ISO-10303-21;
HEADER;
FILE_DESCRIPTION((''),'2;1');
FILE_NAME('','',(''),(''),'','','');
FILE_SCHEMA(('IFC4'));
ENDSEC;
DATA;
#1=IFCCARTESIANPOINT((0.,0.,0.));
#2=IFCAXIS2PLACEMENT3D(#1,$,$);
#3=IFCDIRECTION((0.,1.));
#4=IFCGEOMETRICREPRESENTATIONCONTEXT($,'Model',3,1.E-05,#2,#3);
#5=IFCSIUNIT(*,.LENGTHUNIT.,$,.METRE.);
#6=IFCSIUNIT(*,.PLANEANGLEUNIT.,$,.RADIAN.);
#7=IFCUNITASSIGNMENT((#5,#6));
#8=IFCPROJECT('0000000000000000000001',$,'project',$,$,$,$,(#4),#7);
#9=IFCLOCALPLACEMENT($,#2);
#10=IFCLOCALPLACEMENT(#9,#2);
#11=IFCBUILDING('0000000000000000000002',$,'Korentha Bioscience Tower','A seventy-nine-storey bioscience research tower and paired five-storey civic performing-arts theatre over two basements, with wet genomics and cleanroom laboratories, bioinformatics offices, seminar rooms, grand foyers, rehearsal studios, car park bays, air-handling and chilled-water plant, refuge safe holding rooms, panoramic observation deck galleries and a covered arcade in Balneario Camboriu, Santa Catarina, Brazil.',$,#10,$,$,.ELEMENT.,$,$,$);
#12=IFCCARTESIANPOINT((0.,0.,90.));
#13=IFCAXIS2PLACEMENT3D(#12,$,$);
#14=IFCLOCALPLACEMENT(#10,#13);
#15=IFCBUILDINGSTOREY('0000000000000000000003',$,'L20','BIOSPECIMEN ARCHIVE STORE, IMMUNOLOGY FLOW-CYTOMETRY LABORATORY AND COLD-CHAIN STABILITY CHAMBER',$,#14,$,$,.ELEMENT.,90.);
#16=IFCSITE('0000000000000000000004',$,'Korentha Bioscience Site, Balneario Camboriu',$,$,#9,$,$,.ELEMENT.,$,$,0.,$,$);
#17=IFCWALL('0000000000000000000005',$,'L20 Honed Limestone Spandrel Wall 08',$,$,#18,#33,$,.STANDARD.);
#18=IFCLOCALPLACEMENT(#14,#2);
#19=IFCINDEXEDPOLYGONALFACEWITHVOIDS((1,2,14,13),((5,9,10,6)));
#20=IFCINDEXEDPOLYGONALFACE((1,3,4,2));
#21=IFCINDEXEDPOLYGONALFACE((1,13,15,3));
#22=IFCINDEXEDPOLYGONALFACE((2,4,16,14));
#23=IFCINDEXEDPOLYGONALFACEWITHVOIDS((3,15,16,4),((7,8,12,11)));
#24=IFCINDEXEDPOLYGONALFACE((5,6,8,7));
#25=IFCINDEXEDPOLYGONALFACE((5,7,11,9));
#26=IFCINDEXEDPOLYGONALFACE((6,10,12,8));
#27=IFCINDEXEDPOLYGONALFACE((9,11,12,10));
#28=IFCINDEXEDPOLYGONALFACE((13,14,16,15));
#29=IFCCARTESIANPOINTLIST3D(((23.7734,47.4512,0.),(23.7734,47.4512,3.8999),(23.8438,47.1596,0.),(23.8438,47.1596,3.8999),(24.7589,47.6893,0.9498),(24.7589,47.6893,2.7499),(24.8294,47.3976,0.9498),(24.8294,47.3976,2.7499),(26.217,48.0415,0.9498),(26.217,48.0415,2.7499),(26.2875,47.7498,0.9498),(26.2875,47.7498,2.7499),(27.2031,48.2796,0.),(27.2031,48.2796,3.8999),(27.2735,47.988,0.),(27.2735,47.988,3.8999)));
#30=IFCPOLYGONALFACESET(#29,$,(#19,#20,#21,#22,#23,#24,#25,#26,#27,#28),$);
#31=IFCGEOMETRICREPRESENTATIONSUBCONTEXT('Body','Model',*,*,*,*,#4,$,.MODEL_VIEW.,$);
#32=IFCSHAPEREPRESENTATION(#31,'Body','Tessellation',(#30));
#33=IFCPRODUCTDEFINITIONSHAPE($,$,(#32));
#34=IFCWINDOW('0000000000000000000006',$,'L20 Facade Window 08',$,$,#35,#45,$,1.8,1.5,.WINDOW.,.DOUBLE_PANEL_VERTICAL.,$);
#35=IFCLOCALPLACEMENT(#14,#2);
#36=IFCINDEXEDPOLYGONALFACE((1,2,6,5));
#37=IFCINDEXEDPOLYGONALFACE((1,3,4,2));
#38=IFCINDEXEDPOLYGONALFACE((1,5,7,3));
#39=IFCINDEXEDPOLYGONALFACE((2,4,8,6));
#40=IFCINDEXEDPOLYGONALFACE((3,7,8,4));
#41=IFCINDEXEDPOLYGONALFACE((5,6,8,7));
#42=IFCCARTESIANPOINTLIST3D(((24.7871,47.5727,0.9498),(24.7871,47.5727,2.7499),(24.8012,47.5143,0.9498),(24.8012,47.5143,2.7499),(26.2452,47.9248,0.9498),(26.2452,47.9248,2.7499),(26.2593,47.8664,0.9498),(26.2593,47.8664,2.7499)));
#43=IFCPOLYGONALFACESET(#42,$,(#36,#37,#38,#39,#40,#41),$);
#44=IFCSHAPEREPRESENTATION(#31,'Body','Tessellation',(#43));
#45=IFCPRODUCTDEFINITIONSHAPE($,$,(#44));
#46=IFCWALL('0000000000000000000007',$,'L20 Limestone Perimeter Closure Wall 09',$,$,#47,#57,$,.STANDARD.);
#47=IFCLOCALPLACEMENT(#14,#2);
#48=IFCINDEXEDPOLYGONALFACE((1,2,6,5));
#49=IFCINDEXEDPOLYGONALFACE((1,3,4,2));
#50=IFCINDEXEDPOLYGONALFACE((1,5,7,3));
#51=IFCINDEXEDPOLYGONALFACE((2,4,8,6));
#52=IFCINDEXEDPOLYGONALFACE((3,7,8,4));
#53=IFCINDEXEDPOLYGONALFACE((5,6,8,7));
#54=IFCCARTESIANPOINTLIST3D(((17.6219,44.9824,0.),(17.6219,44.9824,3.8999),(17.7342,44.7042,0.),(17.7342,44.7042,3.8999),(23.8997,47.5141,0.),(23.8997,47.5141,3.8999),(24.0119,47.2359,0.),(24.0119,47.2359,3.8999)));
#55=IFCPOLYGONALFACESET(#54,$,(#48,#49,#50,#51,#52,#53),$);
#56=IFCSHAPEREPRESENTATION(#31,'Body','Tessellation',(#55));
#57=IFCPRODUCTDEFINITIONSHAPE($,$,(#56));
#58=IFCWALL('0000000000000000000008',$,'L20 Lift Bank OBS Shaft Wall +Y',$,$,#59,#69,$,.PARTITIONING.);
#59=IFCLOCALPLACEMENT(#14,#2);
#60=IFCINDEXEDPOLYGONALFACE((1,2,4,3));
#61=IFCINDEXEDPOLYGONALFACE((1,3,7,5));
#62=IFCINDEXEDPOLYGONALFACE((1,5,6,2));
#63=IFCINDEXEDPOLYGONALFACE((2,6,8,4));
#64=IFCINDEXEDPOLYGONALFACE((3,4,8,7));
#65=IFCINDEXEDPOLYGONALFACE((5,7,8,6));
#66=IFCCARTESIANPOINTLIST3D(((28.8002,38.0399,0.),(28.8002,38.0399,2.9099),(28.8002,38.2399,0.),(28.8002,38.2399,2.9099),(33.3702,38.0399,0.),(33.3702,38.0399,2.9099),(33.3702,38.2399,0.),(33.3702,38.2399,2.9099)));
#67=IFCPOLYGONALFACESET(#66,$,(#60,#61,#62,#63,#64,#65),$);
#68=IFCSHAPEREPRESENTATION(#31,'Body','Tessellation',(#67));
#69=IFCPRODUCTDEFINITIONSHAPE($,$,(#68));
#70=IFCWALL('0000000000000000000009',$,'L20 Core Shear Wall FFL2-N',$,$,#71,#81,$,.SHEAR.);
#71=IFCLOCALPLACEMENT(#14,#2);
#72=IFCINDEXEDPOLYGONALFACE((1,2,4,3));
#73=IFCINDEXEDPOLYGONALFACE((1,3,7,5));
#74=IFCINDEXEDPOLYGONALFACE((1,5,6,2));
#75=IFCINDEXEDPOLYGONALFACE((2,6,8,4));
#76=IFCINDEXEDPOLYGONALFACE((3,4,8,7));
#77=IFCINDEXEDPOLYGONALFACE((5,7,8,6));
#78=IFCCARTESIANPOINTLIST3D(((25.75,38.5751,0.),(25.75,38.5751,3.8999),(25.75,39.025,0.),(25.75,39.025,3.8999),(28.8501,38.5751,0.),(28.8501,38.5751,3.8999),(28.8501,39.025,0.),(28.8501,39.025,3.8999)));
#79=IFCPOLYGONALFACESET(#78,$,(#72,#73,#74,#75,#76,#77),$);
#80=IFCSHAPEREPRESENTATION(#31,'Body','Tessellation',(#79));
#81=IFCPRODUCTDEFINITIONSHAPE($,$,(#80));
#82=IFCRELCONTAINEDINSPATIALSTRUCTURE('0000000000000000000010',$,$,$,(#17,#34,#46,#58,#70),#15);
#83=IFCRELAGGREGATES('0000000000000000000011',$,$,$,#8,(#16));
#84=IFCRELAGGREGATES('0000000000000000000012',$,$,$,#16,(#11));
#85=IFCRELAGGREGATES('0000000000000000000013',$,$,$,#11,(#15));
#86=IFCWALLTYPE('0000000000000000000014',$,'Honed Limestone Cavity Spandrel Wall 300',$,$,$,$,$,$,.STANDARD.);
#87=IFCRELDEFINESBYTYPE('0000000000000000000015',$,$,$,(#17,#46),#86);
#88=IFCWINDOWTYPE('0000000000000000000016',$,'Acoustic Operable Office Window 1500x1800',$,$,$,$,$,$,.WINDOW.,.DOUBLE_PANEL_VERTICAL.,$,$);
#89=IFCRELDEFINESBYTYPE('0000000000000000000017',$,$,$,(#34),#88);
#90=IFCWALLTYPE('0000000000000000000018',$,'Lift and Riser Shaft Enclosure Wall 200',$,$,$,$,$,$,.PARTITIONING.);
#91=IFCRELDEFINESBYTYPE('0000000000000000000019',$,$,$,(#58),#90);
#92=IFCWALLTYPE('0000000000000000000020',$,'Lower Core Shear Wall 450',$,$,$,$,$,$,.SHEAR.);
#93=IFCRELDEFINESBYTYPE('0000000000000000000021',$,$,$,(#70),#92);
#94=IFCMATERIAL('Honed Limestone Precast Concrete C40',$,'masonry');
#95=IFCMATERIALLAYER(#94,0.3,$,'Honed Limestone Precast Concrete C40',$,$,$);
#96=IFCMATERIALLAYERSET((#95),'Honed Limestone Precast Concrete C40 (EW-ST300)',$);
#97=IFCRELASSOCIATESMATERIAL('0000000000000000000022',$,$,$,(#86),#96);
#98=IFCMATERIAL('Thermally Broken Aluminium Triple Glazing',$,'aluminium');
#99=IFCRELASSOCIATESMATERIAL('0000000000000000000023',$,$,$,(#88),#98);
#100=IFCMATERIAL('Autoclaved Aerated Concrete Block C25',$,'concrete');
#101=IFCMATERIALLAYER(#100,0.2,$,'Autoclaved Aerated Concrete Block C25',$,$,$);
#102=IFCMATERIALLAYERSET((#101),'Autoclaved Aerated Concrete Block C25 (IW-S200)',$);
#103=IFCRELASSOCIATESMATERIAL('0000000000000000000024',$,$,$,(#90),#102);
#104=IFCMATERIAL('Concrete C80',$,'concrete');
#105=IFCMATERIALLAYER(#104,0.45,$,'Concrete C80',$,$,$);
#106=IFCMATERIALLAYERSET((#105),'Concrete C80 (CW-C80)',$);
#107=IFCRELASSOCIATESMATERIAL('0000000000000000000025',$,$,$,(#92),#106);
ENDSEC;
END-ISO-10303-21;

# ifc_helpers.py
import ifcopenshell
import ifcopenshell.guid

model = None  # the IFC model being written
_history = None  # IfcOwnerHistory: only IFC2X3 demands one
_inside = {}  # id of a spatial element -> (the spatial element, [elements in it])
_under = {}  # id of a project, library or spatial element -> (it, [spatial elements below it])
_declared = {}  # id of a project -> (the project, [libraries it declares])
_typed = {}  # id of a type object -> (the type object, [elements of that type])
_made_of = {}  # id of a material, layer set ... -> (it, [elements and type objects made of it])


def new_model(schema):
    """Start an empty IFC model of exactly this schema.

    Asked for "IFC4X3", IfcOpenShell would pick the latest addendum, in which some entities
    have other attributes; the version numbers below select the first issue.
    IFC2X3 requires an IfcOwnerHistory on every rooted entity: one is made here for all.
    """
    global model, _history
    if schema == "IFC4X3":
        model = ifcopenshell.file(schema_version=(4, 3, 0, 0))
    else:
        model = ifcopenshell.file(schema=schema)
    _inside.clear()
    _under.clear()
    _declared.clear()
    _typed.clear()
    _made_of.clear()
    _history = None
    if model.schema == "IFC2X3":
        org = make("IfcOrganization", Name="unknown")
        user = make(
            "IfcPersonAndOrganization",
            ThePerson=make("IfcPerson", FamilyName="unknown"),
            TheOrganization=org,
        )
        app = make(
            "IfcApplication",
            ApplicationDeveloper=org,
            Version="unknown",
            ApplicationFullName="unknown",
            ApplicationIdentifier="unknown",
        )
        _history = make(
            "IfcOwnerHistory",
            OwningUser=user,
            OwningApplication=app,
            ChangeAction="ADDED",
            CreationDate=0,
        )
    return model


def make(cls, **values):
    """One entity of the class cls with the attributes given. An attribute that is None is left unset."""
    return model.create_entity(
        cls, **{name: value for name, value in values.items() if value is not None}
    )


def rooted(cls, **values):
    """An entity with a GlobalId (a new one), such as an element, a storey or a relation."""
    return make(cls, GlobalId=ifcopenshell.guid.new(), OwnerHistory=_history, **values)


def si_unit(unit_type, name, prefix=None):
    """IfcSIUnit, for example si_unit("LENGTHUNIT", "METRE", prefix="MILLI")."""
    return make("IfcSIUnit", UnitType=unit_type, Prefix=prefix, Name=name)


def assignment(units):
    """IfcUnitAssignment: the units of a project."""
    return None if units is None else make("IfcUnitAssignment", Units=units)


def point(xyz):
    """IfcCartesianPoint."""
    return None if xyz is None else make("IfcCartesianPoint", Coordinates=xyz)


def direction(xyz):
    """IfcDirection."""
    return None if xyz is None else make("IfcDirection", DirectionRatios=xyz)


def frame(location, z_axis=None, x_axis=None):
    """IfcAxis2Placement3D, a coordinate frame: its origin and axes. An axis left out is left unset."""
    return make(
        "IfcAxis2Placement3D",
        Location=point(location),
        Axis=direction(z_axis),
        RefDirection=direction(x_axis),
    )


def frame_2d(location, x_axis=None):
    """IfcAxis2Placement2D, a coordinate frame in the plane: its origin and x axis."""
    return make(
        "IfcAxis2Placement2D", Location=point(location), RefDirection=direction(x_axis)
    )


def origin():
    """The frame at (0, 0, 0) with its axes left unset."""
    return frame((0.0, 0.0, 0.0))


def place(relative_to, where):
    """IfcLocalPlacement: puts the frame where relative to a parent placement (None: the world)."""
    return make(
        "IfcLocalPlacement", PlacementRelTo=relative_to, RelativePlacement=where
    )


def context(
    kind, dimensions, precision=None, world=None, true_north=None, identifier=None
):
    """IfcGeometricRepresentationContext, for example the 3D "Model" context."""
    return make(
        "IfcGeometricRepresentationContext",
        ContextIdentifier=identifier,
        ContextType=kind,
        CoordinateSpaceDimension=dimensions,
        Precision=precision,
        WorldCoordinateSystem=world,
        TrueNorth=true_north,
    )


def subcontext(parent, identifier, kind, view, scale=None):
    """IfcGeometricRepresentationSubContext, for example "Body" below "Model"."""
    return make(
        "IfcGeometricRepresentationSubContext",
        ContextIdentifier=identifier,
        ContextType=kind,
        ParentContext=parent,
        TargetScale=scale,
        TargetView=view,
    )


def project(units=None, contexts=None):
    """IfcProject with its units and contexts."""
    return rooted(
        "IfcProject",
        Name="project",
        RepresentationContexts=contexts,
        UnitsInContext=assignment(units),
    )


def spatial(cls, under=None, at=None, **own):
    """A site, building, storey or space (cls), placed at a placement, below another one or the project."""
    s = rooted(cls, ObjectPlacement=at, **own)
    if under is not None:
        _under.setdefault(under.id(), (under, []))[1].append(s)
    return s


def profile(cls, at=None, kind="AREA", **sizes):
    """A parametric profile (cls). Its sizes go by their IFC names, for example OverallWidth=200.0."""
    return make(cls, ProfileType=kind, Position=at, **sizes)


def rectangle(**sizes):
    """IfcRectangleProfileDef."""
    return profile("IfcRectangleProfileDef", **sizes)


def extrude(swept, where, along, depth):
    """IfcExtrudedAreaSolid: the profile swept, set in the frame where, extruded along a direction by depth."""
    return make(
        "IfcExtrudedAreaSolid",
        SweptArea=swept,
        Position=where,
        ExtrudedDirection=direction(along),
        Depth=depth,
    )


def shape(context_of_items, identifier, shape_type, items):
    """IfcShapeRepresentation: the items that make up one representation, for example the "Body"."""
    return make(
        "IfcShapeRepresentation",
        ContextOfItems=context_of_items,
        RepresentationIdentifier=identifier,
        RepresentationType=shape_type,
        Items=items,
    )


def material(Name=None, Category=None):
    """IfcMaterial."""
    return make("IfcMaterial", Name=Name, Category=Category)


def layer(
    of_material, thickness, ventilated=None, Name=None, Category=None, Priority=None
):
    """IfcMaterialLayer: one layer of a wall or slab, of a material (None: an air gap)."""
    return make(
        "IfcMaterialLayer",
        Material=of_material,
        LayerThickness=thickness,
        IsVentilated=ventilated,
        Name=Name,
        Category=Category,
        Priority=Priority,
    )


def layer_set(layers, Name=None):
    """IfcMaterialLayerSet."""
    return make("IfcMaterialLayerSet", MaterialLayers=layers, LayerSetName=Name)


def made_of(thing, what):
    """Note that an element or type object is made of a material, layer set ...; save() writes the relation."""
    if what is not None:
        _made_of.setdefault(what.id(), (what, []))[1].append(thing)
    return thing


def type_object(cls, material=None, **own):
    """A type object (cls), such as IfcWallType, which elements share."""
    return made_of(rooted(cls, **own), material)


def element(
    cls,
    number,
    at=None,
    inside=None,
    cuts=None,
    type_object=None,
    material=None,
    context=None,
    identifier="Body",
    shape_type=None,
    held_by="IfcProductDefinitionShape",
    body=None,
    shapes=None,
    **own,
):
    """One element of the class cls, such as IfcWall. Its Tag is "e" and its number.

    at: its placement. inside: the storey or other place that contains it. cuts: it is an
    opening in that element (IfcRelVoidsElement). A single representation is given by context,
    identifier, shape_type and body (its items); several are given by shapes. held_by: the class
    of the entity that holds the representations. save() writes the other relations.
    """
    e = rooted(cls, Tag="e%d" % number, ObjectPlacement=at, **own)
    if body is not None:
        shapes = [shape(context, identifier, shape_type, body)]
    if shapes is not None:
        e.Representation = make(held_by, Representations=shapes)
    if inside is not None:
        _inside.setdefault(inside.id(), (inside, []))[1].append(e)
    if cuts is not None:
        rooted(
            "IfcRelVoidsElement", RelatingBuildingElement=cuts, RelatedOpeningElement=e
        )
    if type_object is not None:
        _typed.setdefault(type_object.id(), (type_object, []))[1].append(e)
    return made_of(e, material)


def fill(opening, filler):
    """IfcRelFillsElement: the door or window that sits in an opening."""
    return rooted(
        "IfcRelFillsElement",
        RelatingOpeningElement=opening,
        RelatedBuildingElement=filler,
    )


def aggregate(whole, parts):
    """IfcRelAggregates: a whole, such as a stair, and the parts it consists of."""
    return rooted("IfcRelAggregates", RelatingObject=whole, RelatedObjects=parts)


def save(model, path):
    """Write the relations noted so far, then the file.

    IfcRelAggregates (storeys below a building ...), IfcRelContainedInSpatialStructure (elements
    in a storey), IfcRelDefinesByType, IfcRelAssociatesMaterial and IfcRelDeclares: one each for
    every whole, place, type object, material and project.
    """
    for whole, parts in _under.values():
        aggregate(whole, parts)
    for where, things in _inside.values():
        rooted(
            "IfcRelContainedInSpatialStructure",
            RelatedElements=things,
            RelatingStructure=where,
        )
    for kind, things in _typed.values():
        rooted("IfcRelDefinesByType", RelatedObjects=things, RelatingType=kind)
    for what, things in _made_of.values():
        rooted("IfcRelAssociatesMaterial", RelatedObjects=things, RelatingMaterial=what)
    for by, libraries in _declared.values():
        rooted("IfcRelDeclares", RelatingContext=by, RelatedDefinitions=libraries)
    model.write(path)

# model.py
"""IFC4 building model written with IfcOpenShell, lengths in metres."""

from ifc_helpers import new_model, si_unit, direction, frame, frame_2d, origin, place, context, subcontext, project, spatial, rectangle, extrude, material, layer, layer_set, type_object, element, fill, save


model = new_model("IFC4")

# Units and contexts
model_context = context("Model", 3, precision=1e-05, world=origin(), true_north=direction((0.0, 1.0)))
body_context = subcontext(model_context, "Body", "Model", "MODEL_VIEW")
ifc_project = project(units=[si_unit("LENGTHUNIT", "METRE"), si_unit("PLANEANGLEUNIT", "RADIAN")], contexts=[model_context])

# Site, building, storey
site_placement = place(None, origin())
site = spatial("IfcSite", under=ifc_project, at=site_placement, Name="Korentha Bioscience Site, Balneario Camboriu", CompositionType="ELEMENT", RefElevation=0.0)
building_placement = place(site_placement, origin())
building = spatial("IfcBuilding", under=site, at=building_placement, Name="Korentha Bioscience Tower", Description="A seventy-nine-storey bioscience research tower and paired five-storey civic performing-arts theatre over two basements, with wet genomics and cleanroom laboratories, bioinformatics offices, seminar rooms, grand foyers, rehearsal studios, car park bays, air-handling and chilled-water plant, refuge safe holding rooms, panoramic observation deck galleries and a covered arcade in Balneario Camboriu, Santa Catarina, Brazil.", CompositionType="ELEMENT")
storey_placement = place(building_placement, frame((0.0, 0.0, 90.0)))
storey = spatial("IfcBuildingStorey", under=building, at=storey_placement, Name="L20", Description="BIOSPECIMEN ARCHIVE STORE, IMMUNOLOGY FLOW-CYTOMETRY LABORATORY AND COLD-CHAIN STABILITY CHAMBER", CompositionType="ELEMENT", Elevation=90.0)

# Shared definitions
ifc_material_1 = material(Name="Concrete C80", Category="concrete")

# Wall, opening, window
ifc_material_2 = material(Name="Honed Limestone Precast Concrete C40", Category="masonry")
ifc_layer_1 = layer(ifc_material_2, 0.3, Name="Honed Limestone Precast Concrete C40")
ifc_layer_set_1 = layer_set([ifc_layer_1], Name="Honed Limestone Precast Concrete C40 (EW-ST300)")
wall_type_1 = type_object("IfcWallType", Name="Honed Limestone Cavity Spandrel Wall 300", PredefinedType="STANDARD", material=ifc_layer_set_1)
wall_1_placement = place(storey_placement, frame((27.2383, 48.1338, 0.0), z_axis=(0.0, 0.0, 1.0), x_axis=(-0.972049, -0.234778, 0.0)))
wall_1 = element("IfcWall", 1, at=wall_1_placement, inside=storey, type_object=wall_type_1, Name="L20 Honed Limestone Spandrel Wall 08", PredefinedType="STANDARD", context=body_context, shape_type="SweptSolid", body=[
    extrude(rectangle(XDim=3.5283, YDim=0.3, at=frame_2d((1.7642, 0.0))), origin(), (0.0, 0.0, 1.0), 3.8999),
])
opening_placement = place(wall_1_placement, frame((1.0144, 0.0, 0.95)))
opening = element("IfcOpeningElement", 2, at=opening_placement, cuts=wall_1, PredefinedType="OPENING", context=body_context, shape_type="SweptSolid", body=[
    extrude(rectangle(XDim=1.5, YDim=1.8, at=frame_2d((0.75, 0.8999))), frame((0.0, 0.165, 0.0), z_axis=(0.0, -1.0, 0.0), x_axis=(1.0, 0.0, 0.0)), (0.0, 0.0, 1.0), 0.3298),
])
ifc_material_3 = material(Name="Thermally Broken Aluminium Triple Glazing", Category="aluminium")
window_type = type_object("IfcWindowType", Name="Acoustic Operable Office Window 1500x1800", PartitioningType="DOUBLE_PANEL_VERTICAL", PredefinedType="WINDOW", material=ifc_material_3)
window_placement = place(opening_placement, origin())
window = element("IfcWindow", 3, at=window_placement, inside=storey, type_object=window_type, Name="L20 Facade Window 08", OverallHeight=1.8, OverallWidth=1.5, PartitioningType="DOUBLE_PANEL_VERTICAL", PredefinedType="WINDOW", context=body_context, shape_type="SweptSolid", body=[
    extrude(rectangle(XDim=1.5, YDim=1.8, at=frame_2d((0.75, 0.8999))), frame((0.0, 0.03, 0.0), z_axis=(0.0, -1.0, 0.0), x_axis=(1.0, 0.0, 0.0)), (0.0, 0.0, 1.0), 0.0601),
])
fill(opening, window)

# Walls
wall_2_placement = place(storey_placement, frame((23.9558, 47.375, 0.0), z_axis=(0.0, 0.0, 1.0), x_axis=(-0.927423, -0.374013, 0.0)))
element("IfcWall", 4, at=wall_2_placement, inside=storey, type_object=wall_type_1, Name="L20 Limestone Perimeter Closure Wall 09", PredefinedType="STANDARD", context=body_context, shape_type="SweptSolid", body=[
    extrude(rectangle(XDim=6.769, YDim=0.3, at=frame_2d((3.3845, 0.0))), origin(), (0.0, 0.0, 1.0), 3.8999),
])
ifc_material_4 = material(Name="Autoclaved Aerated Concrete Block C25", Category="concrete")
ifc_layer_2 = layer(ifc_material_4, 0.2, Name="Autoclaved Aerated Concrete Block C25")
ifc_layer_set_2 = layer_set([ifc_layer_2], Name="Autoclaved Aerated Concrete Block C25 (IW-S200)")
wall_type_2 = type_object("IfcWallType", Name="Lift and Riser Shaft Enclosure Wall 200", PredefinedType="PARTITIONING", material=ifc_layer_set_2)
wall_3_placement = place(storey_placement, frame((28.8, 38.1399, 0.0), z_axis=(0.0, 0.0, 1.0), x_axis=(1.0, 0.0, 0.0)))
element("IfcWall", 5, at=wall_3_placement, inside=storey, type_object=wall_type_2, Name="L20 Lift Bank OBS Shaft Wall +Y", PredefinedType="PARTITIONING", context=body_context, shape_type="SweptSolid", body=[
    extrude(rectangle(XDim=4.5701, YDim=0.2, at=frame_2d((2.2852, 0.0))), origin(), (0.0, 0.0, 1.0), 2.9099),
])
ifc_layer_3 = layer(ifc_material_1, 0.45, Name="Concrete C80")
ifc_layer_set_3 = layer_set([ifc_layer_3], Name="Concrete C80 (CW-C80)")
wall_type_3 = type_object("IfcWallType", Name="Lower Core Shear Wall 450", PredefinedType="SHEAR", material=ifc_layer_set_3)
wall_4_placement = place(storey_placement, frame((25.75, 38.8, 0.0), z_axis=(0.0, 0.0, 1.0), x_axis=(1.0, 0.0, 0.0)))
element("IfcWall", 6, at=wall_4_placement, inside=storey, type_object=wall_type_3, Name="L20 Core Shear Wall FFL2-N", PredefinedType="SHEAR", context=body_context, shape_type="SweptSolid", body=[
    extrude(rectangle(XDim=3.1001, YDim=0.45, at=frame_2d((1.55, 0.0))), origin(), (0.0, 0.0, 1.0), 3.8999),
])

save(model, "model.ifc")
